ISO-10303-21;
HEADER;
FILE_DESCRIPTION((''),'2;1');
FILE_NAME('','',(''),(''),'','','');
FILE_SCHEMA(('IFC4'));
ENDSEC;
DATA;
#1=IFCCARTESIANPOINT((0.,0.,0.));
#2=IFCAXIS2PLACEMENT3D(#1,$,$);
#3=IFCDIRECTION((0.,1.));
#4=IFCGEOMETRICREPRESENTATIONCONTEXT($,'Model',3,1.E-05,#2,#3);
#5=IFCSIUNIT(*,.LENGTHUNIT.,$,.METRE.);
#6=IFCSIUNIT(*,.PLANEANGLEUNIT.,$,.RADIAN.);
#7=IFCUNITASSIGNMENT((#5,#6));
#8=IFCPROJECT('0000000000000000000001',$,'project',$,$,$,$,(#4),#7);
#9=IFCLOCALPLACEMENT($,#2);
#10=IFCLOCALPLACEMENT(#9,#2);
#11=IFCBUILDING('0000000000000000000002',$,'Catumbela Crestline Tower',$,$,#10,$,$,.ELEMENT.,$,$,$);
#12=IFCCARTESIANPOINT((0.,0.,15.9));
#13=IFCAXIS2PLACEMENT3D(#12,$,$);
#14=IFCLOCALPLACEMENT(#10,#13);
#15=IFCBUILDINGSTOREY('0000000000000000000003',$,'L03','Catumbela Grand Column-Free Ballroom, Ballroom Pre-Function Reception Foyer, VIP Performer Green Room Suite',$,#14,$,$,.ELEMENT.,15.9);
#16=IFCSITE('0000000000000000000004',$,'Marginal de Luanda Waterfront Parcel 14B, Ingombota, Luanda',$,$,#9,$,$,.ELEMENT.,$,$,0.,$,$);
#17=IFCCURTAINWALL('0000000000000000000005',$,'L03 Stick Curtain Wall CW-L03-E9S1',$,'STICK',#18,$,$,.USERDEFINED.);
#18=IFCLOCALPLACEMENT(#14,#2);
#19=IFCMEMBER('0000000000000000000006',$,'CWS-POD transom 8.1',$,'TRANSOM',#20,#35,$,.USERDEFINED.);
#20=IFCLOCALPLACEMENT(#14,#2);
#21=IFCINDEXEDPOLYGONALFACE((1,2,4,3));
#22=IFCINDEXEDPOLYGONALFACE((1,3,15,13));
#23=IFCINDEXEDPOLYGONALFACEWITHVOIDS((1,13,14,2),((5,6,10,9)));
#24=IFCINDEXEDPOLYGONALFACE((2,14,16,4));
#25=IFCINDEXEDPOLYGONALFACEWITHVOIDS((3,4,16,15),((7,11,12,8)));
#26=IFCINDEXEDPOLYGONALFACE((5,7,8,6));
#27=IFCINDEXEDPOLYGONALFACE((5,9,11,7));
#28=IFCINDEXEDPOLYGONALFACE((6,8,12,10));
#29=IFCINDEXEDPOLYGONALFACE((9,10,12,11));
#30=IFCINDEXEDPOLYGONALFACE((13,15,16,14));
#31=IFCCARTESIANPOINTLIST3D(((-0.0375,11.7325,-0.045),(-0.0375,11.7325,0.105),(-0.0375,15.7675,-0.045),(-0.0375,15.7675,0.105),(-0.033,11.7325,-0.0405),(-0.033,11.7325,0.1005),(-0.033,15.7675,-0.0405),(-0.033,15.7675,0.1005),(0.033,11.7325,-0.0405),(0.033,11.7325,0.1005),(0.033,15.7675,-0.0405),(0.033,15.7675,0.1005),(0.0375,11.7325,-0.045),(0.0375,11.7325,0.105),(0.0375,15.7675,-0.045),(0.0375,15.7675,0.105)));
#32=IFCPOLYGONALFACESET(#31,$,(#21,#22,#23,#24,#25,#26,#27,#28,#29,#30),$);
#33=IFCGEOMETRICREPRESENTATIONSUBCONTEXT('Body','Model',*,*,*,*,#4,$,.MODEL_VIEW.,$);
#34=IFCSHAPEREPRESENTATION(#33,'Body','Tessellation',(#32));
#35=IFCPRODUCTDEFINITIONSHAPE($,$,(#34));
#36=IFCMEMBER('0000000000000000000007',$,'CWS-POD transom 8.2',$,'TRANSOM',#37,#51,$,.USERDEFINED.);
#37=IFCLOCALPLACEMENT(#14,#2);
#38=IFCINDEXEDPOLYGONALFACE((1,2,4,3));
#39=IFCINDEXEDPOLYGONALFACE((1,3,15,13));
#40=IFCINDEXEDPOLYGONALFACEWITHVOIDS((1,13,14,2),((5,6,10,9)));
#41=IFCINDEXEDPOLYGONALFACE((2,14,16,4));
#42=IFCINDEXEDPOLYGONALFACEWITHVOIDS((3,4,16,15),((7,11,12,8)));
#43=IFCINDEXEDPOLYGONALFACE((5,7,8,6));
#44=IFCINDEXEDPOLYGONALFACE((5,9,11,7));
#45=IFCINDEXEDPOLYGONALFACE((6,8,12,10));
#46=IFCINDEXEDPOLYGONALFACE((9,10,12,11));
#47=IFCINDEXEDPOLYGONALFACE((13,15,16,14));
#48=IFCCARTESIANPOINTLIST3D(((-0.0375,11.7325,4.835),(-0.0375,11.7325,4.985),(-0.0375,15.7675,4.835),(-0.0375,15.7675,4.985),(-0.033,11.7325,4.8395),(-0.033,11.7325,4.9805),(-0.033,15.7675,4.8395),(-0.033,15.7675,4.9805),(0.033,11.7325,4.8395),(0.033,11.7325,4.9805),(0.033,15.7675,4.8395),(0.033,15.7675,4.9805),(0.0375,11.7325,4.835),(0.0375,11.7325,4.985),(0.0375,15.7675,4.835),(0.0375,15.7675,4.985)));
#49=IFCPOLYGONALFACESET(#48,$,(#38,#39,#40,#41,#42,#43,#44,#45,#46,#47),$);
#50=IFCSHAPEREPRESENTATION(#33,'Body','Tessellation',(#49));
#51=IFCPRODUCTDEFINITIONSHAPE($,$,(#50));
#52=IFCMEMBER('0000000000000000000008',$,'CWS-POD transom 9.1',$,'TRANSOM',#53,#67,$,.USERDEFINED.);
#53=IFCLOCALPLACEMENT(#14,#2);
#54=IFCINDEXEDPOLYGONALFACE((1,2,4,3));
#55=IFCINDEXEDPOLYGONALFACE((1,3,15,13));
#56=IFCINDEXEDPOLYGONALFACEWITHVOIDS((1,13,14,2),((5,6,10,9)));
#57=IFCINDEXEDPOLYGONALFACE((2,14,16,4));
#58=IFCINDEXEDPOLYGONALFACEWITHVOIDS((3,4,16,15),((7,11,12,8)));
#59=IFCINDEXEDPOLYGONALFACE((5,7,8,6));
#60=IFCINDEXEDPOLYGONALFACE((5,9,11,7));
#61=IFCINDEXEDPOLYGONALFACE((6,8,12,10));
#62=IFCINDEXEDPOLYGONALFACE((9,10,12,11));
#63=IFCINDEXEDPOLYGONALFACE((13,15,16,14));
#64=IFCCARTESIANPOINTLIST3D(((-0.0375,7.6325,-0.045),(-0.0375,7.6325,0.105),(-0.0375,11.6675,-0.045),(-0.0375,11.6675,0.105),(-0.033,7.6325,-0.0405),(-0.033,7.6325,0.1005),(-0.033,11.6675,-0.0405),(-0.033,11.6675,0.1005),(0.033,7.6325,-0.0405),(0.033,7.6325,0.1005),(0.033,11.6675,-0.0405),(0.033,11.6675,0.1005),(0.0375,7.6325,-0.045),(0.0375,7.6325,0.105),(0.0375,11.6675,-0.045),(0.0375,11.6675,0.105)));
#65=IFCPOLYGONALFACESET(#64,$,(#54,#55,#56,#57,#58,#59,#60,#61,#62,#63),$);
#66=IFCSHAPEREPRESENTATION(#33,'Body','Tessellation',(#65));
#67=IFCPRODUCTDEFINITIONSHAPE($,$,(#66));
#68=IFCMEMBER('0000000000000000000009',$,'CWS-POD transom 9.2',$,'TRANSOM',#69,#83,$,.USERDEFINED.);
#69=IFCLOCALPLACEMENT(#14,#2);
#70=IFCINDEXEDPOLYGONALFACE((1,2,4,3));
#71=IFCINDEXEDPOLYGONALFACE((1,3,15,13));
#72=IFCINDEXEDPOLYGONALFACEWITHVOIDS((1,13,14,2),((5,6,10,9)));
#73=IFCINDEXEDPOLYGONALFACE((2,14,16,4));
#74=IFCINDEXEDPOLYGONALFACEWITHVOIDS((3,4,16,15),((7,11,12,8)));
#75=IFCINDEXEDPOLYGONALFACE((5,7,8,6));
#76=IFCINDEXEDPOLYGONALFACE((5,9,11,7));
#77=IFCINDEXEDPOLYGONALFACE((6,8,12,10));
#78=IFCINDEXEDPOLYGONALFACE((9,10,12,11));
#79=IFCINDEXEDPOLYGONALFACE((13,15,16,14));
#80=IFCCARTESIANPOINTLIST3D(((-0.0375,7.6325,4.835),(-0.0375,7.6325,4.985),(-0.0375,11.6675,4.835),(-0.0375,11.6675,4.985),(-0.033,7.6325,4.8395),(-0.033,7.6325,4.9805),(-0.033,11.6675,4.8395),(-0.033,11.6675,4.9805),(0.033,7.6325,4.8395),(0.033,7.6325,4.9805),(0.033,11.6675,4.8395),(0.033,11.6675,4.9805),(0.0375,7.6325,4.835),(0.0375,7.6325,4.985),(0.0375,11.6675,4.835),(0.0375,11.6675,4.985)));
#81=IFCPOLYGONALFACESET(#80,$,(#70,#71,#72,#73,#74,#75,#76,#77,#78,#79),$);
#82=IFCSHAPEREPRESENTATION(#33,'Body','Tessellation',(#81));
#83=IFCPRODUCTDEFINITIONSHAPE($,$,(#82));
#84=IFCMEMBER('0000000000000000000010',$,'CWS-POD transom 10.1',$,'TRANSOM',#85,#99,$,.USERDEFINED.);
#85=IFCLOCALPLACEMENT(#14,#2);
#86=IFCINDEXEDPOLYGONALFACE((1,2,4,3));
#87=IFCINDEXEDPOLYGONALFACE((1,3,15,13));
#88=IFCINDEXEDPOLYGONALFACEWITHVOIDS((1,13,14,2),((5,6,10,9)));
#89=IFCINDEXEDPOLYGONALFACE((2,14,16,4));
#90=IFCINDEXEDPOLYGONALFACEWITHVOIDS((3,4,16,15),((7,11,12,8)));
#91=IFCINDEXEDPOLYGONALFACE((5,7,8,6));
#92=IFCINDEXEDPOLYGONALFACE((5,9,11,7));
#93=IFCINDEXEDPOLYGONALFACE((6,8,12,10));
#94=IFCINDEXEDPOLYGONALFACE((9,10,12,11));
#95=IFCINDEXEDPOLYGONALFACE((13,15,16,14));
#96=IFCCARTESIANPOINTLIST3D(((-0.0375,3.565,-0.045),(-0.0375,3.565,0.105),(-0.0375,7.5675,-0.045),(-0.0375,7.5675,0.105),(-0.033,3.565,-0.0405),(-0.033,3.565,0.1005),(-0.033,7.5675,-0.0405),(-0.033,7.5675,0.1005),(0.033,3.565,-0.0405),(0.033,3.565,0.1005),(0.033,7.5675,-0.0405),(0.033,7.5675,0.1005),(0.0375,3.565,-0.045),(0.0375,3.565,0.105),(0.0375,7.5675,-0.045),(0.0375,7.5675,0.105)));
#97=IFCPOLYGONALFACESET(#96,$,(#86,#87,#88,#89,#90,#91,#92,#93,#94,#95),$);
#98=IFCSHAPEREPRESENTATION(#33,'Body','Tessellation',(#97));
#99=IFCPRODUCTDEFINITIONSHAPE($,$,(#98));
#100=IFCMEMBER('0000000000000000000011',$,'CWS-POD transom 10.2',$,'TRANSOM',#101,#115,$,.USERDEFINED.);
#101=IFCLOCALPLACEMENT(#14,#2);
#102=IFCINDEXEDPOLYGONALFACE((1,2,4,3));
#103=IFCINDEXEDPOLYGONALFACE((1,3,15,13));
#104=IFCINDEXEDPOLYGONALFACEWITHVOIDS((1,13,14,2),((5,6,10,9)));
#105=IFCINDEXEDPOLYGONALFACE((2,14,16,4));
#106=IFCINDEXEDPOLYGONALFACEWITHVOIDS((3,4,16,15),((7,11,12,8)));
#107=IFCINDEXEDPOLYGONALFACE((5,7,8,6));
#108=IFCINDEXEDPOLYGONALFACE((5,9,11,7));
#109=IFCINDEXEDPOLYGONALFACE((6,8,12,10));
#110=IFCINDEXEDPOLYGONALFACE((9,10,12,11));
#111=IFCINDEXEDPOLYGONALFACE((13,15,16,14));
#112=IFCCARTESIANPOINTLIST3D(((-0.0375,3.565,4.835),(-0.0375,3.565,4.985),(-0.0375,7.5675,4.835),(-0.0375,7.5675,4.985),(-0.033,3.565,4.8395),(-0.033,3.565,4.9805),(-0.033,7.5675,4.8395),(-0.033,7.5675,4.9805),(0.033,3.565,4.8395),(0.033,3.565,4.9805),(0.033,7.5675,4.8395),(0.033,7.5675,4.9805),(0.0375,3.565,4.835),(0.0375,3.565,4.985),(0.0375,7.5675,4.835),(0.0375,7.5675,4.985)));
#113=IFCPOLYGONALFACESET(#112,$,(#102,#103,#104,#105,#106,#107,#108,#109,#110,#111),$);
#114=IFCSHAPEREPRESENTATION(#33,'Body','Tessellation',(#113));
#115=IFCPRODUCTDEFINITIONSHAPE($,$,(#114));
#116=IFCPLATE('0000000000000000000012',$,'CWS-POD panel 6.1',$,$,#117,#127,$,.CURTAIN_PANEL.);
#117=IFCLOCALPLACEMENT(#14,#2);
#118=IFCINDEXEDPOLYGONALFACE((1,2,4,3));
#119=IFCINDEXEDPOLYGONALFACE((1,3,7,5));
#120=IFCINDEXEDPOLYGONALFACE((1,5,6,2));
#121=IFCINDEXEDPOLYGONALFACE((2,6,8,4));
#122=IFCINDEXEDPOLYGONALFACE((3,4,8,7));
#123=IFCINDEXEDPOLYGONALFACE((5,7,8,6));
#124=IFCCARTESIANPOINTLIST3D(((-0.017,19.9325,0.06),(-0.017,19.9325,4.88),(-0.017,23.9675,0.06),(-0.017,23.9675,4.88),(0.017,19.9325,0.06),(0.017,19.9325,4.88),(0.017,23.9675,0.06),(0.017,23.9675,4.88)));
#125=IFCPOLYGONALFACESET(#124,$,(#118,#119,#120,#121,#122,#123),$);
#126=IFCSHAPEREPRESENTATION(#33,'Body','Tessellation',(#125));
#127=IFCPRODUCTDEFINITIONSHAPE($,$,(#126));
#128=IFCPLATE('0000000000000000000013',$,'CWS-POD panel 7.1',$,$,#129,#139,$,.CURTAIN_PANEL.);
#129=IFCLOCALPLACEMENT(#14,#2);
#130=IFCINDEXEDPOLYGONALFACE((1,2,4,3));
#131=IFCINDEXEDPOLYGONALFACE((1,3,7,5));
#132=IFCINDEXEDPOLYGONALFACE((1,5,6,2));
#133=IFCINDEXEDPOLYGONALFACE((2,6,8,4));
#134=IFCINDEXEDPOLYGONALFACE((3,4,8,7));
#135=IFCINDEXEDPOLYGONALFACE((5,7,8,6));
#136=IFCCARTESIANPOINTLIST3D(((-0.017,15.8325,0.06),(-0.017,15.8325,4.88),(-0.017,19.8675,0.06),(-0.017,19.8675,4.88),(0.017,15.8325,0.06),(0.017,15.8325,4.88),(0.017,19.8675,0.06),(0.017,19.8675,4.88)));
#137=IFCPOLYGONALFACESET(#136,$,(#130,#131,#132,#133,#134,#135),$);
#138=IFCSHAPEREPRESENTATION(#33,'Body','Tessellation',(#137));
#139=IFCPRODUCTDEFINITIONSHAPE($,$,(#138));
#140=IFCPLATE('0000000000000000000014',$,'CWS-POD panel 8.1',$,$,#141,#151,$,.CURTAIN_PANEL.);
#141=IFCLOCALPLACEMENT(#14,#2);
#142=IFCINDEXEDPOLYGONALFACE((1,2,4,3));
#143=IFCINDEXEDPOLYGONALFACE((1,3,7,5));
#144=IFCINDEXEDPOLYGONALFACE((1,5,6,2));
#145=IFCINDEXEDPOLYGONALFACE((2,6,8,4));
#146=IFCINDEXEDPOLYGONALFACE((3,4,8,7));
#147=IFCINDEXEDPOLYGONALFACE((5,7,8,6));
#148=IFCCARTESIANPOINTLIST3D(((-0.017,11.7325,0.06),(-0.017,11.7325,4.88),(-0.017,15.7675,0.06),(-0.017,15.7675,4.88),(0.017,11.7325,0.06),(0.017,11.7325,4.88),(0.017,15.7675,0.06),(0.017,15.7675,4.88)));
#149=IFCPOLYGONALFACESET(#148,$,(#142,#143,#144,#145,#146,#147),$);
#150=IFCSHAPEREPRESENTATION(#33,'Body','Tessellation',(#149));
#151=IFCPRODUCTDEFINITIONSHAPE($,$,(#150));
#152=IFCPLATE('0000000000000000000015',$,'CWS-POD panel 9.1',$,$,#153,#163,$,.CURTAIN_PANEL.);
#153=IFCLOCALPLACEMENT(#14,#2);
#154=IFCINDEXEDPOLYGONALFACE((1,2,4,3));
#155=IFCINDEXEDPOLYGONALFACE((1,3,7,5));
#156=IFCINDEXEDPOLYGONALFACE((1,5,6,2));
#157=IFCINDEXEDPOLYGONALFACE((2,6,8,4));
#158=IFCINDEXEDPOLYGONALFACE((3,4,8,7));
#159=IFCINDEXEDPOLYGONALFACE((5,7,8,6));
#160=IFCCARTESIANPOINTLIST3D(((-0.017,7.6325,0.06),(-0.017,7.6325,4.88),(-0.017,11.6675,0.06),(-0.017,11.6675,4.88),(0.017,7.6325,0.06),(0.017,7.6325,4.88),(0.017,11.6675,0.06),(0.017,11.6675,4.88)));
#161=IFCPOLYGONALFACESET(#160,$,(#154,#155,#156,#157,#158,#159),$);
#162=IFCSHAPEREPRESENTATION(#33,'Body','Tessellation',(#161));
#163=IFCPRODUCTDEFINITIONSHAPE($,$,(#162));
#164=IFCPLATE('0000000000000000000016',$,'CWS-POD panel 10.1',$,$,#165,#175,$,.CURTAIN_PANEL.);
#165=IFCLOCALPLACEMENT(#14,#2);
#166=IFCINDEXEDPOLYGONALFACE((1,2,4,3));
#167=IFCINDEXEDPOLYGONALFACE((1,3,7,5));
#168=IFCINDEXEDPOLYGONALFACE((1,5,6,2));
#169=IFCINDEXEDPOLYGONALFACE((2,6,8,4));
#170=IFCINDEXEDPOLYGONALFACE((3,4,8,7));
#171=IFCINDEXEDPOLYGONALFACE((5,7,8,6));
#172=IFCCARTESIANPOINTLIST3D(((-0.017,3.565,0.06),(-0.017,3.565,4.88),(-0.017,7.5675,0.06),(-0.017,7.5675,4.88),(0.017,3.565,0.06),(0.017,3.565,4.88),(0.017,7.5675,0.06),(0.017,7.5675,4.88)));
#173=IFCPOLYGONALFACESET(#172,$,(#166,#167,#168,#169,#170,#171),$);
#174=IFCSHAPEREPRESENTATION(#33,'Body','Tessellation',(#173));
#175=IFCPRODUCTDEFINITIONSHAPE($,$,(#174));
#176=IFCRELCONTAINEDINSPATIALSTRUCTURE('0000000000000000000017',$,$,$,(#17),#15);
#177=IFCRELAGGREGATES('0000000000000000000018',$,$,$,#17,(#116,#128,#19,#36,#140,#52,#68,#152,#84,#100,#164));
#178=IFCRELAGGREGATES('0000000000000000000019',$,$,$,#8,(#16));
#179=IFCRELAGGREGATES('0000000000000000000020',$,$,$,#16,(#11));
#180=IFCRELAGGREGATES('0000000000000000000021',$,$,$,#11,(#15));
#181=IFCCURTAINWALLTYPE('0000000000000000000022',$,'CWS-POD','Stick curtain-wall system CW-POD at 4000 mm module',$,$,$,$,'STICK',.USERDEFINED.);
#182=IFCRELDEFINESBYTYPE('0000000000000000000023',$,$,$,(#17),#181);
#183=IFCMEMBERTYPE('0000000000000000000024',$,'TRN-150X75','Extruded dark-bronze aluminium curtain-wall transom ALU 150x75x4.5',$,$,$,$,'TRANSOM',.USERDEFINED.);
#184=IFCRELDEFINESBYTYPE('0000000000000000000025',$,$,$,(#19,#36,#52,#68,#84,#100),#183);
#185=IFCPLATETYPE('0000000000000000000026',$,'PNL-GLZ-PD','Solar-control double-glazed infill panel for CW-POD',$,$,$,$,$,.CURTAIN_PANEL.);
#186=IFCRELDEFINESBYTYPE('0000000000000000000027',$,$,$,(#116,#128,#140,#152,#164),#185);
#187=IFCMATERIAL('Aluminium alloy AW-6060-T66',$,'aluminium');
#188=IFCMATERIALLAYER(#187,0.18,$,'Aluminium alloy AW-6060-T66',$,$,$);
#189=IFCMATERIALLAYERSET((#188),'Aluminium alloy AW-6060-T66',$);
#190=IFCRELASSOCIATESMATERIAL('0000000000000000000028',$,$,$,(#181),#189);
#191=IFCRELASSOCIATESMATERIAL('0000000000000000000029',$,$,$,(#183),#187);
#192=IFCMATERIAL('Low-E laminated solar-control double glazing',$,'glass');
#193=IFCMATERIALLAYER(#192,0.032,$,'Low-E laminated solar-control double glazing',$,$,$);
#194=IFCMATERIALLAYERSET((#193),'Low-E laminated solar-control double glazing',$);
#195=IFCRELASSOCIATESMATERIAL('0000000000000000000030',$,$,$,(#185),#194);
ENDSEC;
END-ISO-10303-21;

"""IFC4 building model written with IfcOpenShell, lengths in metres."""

from ifc_helpers import new_model, si_unit, direction, frame, origin, origin_2d, place, context, subcontext, project, spatial, rectangle, hollow_rectangle, extrude, material, layer, layer_set, material_profile, profile_set, type_object, element, aggregate, save


model = new_model("IFC4")

# Units and contexts
model_context = context("Model", 3, precision=1e-05, world=origin(), true_north=direction((0.0, 1.0)))
body_context = subcontext(model_context, "Body", "Model", "MODEL_VIEW")
ifc_project = project(units=[si_unit("LENGTHUNIT", "METRE"), si_unit("PLANEANGLEUNIT", "RADIAN")], contexts=[model_context])

# Site, building, storey
site_placement = place(None, origin())
site = spatial("IfcSite", under=ifc_project, at=site_placement, Name="Marginal de Luanda Waterfront Parcel 14B, Ingombota, Luanda", CompositionType="ELEMENT", RefElevation=0.0)
building_placement = place(site_placement, origin())
building = spatial("IfcBuilding", under=site, at=building_placement, Name="Catumbela Crestline Tower", CompositionType="ELEMENT")
storey_placement = place(building_placement, frame((0.0, 0.0, 15.9)))
storey = spatial("IfcBuildingStorey", under=building, at=storey_placement, Name="L03", Description="Catumbela Grand Column-Free Ballroom, Ballroom Pre-Function Reception Foyer, VIP Performer Green Room Suite", CompositionType="ELEMENT", Elevation=15.9)

# Curtain wall, members, plates
ifc_material_1 = material(Name="Aluminium alloy AW-6060-T66", Category="aluminium")
ifc_layer_1 = layer(ifc_material_1, 0.18, Name="Aluminium alloy AW-6060-T66")
ifc_layer_set_1 = layer_set([ifc_layer_1], Name="Aluminium alloy AW-6060-T66")
curtain_wall_type = type_object("IfcCurtainWallType", Name="CWS-POD", Description="Stick curtain-wall system CW-POD at 4000 mm module", ElementType="STICK", PredefinedType="USERDEFINED", material=ifc_layer_set_1)
curtain_wall_placement = place(storey_placement, origin())
curtain_wall = element("IfcCurtainWall", 1, at=curtain_wall_placement, inside=storey, type_object=curtain_wall_type, Name="L03 Stick Curtain Wall CW-L03-E9S1", ObjectType="STICK", PredefinedType="USERDEFINED")
ifc_material_profile_1 = material_profile(ifc_material_1, hollow_rectangle(XDim=0.075, YDim=0.15, WallThickness=0.0045, at=origin_2d()), Name="ALU 150x75x4.5")
ifc_profile_set_1 = profile_set([ifc_material_profile_1], Name="Aluminium alloy AW-6060-T66")
member_type_1 = type_object("IfcMemberType", Name="TRN-150X75", Description="Extruded dark-bronze aluminium curtain-wall transom ALU 150x75x4.5", ElementType="TRANSOM", PredefinedType="USERDEFINED", material=ifc_profile_set_1)
member_1_placement = place(storey_placement, frame((0.0, 15.7675, 0.03), z_axis=(0.0, -1.0, 0.0), x_axis=(1.0, 0.0, 0.0)))
member_1 = element("IfcMember", 2, at=member_1_placement, type_object=member_type_1, Name="CWS-POD transom 8.1", ObjectType="TRANSOM", PredefinedType="USERDEFINED", context=body_context, shape_type="SweptSolid", body=[
    extrude(hollow_rectangle(XDim=0.075, YDim=0.15, WallThickness=0.0045, at=origin_2d()), origin(), (0.0, 0.0, 1.0), 4.035),
])
member_2_placement = place(storey_placement, frame((0.0, 15.7675, 4.91), z_axis=(0.0, -1.0, 0.0), x_axis=(1.0, 0.0, 0.0)))
member_2 = element("IfcMember", 3, at=member_2_placement, type_object=member_type_1, Name="CWS-POD transom 8.2", ObjectType="TRANSOM", PredefinedType="USERDEFINED", context=body_context, shape_type="SweptSolid", body=[
    extrude(hollow_rectangle(XDim=0.075, YDim=0.15, WallThickness=0.0045, at=origin_2d()), origin(), (0.0, 0.0, 1.0), 4.035),
])
member_3_placement = place(storey_placement, frame((0.0, 11.6675, 0.03), z_axis=(0.0, -1.0, 0.0), x_axis=(1.0, 0.0, 0.0)))
member_3 = element("IfcMember", 4, at=member_3_placement, type_object=member_type_1, Name="CWS-POD transom 9.1", ObjectType="TRANSOM", PredefinedType="USERDEFINED", context=body_context, shape_type="SweptSolid", body=[
    extrude(hollow_rectangle(XDim=0.075, YDim=0.15, WallThickness=0.0045, at=origin_2d()), origin(), (0.0, 0.0, 1.0), 4.035),
])
member_4_placement = place(storey_placement, frame((0.0, 11.6675, 4.91), z_axis=(0.0, -1.0, 0.0), x_axis=(1.0, 0.0, 0.0)))
member_4 = element("IfcMember", 5, at=member_4_placement, type_object=member_type_1, Name="CWS-POD transom 9.2", ObjectType="TRANSOM", PredefinedType="USERDEFINED", context=body_context, shape_type="SweptSolid", body=[
    extrude(hollow_rectangle(XDim=0.075, YDim=0.15, WallThickness=0.0045, at=origin_2d()), origin(), (0.0, 0.0, 1.0), 4.035),
])
member_5_placement = place(storey_placement, frame((0.0, 7.5675, 0.03), z_axis=(0.0, -1.0, 0.0), x_axis=(1.0, 0.0, 0.0)))
member_5 = element("IfcMember", 6, at=member_5_placement, type_object=member_type_1, Name="CWS-POD transom 10.1", ObjectType="TRANSOM", PredefinedType="USERDEFINED", context=body_context, shape_type="SweptSolid", body=[
    extrude(hollow_rectangle(XDim=0.075, YDim=0.15, WallThickness=0.0045, at=origin_2d()), origin(), (0.0, 0.0, 1.0), 4.0025),
])
member_6_placement = place(storey_placement, frame((0.0, 7.5675, 4.91), z_axis=(0.0, -1.0, 0.0), x_axis=(1.0, 0.0, 0.0)))
member_6 = element("IfcMember", 7, at=member_6_placement, type_object=member_type_1, Name="CWS-POD transom 10.2", ObjectType="TRANSOM", PredefinedType="USERDEFINED", context=body_context, shape_type="SweptSolid", body=[
    extrude(hollow_rectangle(XDim=0.075, YDim=0.15, WallThickness=0.0045, at=origin_2d()), origin(), (0.0, 0.0, 1.0), 4.0025),
])
ifc_material_2 = material(Name="Low-E laminated solar-control double glazing", Category="glass")
ifc_layer_2 = layer(ifc_material_2, 0.032, Name="Low-E laminated solar-control double glazing")
ifc_layer_set_2 = layer_set([ifc_layer_2], Name="Low-E laminated solar-control double glazing")
plate_type = type_object("IfcPlateType", Name="PNL-GLZ-PD", Description="Solar-control double-glazed infill panel for CW-POD", PredefinedType="CURTAIN_PANEL", material=ifc_layer_set_2)
plate_1_placement = place(storey_placement, frame((0.0, 21.95, 0.06), z_axis=(0.0, 0.0, 1.0), x_axis=(0.0, -1.0, 0.0)))
plate_1 = element("IfcPlate", 8, at=plate_1_placement, type_object=plate_type, Name="CWS-POD panel 6.1", PredefinedType="CURTAIN_PANEL", context=body_context, shape_type="SweptSolid", body=[
    extrude(rectangle(XDim=4.035, YDim=0.034, at=origin_2d()), origin(), (0.0, 0.0, 1.0), 4.82),
])
plate_2_placement = place(storey_placement, frame((0.0, 17.85, 0.06), z_axis=(0.0, 0.0, 1.0), x_axis=(0.0, -1.0, 0.0)))
plate_2 = element("IfcPlate", 9, at=plate_2_placement, type_object=plate_type, Name="CWS-POD panel 7.1", PredefinedType="CURTAIN_PANEL", context=body_context, shape_type="SweptSolid", body=[
    extrude(rectangle(XDim=4.035, YDim=0.034, at=origin_2d()), origin(), (0.0, 0.0, 1.0), 4.82),
])
plate_3_placement = place(storey_placement, frame((0.0, 13.75, 0.06), z_axis=(0.0, 0.0, 1.0), x_axis=(0.0, -1.0, 0.0)))
plate_3 = element("IfcPlate", 10, at=plate_3_placement, type_object=plate_type, Name="CWS-POD panel 8.1", PredefinedType="CURTAIN_PANEL", context=body_context, shape_type="SweptSolid", body=[
    extrude(rectangle(XDim=4.035, YDim=0.034, at=origin_2d()), origin(), (0.0, 0.0, 1.0), 4.82),
])
plate_4_placement = place(storey_placement, frame((0.0, 9.65, 0.06), z_axis=(0.0, 0.0, 1.0), x_axis=(0.0, -1.0, 0.0)))
plate_4 = element("IfcPlate", 11, at=plate_4_placement, type_object=plate_type, Name="CWS-POD panel 9.1", PredefinedType="CURTAIN_PANEL", context=body_context, shape_type="SweptSolid", body=[
    extrude(rectangle(XDim=4.035, YDim=0.034, at=origin_2d()), origin(), (0.0, 0.0, 1.0), 4.82),
])
plate_5_placement = place(storey_placement, frame((0.0, 5.5662, 0.06), z_axis=(0.0, 0.0, 1.0), x_axis=(0.0, -1.0, 0.0)))
plate_5 = element("IfcPlate", 12, at=plate_5_placement, type_object=plate_type, Name="CWS-POD panel 10.1", PredefinedType="CURTAIN_PANEL", context=body_context, shape_type="SweptSolid", body=[
    extrude(rectangle(XDim=4.0025, YDim=0.034, at=origin_2d()), origin(), (0.0, 0.0, 1.0), 4.82),
])
aggregate(curtain_wall, [plate_1, plate_2, member_1, member_2, plate_3, member_3, member_4, plate_4, member_5, member_6, plate_5])

save(model, "model.ifc")
